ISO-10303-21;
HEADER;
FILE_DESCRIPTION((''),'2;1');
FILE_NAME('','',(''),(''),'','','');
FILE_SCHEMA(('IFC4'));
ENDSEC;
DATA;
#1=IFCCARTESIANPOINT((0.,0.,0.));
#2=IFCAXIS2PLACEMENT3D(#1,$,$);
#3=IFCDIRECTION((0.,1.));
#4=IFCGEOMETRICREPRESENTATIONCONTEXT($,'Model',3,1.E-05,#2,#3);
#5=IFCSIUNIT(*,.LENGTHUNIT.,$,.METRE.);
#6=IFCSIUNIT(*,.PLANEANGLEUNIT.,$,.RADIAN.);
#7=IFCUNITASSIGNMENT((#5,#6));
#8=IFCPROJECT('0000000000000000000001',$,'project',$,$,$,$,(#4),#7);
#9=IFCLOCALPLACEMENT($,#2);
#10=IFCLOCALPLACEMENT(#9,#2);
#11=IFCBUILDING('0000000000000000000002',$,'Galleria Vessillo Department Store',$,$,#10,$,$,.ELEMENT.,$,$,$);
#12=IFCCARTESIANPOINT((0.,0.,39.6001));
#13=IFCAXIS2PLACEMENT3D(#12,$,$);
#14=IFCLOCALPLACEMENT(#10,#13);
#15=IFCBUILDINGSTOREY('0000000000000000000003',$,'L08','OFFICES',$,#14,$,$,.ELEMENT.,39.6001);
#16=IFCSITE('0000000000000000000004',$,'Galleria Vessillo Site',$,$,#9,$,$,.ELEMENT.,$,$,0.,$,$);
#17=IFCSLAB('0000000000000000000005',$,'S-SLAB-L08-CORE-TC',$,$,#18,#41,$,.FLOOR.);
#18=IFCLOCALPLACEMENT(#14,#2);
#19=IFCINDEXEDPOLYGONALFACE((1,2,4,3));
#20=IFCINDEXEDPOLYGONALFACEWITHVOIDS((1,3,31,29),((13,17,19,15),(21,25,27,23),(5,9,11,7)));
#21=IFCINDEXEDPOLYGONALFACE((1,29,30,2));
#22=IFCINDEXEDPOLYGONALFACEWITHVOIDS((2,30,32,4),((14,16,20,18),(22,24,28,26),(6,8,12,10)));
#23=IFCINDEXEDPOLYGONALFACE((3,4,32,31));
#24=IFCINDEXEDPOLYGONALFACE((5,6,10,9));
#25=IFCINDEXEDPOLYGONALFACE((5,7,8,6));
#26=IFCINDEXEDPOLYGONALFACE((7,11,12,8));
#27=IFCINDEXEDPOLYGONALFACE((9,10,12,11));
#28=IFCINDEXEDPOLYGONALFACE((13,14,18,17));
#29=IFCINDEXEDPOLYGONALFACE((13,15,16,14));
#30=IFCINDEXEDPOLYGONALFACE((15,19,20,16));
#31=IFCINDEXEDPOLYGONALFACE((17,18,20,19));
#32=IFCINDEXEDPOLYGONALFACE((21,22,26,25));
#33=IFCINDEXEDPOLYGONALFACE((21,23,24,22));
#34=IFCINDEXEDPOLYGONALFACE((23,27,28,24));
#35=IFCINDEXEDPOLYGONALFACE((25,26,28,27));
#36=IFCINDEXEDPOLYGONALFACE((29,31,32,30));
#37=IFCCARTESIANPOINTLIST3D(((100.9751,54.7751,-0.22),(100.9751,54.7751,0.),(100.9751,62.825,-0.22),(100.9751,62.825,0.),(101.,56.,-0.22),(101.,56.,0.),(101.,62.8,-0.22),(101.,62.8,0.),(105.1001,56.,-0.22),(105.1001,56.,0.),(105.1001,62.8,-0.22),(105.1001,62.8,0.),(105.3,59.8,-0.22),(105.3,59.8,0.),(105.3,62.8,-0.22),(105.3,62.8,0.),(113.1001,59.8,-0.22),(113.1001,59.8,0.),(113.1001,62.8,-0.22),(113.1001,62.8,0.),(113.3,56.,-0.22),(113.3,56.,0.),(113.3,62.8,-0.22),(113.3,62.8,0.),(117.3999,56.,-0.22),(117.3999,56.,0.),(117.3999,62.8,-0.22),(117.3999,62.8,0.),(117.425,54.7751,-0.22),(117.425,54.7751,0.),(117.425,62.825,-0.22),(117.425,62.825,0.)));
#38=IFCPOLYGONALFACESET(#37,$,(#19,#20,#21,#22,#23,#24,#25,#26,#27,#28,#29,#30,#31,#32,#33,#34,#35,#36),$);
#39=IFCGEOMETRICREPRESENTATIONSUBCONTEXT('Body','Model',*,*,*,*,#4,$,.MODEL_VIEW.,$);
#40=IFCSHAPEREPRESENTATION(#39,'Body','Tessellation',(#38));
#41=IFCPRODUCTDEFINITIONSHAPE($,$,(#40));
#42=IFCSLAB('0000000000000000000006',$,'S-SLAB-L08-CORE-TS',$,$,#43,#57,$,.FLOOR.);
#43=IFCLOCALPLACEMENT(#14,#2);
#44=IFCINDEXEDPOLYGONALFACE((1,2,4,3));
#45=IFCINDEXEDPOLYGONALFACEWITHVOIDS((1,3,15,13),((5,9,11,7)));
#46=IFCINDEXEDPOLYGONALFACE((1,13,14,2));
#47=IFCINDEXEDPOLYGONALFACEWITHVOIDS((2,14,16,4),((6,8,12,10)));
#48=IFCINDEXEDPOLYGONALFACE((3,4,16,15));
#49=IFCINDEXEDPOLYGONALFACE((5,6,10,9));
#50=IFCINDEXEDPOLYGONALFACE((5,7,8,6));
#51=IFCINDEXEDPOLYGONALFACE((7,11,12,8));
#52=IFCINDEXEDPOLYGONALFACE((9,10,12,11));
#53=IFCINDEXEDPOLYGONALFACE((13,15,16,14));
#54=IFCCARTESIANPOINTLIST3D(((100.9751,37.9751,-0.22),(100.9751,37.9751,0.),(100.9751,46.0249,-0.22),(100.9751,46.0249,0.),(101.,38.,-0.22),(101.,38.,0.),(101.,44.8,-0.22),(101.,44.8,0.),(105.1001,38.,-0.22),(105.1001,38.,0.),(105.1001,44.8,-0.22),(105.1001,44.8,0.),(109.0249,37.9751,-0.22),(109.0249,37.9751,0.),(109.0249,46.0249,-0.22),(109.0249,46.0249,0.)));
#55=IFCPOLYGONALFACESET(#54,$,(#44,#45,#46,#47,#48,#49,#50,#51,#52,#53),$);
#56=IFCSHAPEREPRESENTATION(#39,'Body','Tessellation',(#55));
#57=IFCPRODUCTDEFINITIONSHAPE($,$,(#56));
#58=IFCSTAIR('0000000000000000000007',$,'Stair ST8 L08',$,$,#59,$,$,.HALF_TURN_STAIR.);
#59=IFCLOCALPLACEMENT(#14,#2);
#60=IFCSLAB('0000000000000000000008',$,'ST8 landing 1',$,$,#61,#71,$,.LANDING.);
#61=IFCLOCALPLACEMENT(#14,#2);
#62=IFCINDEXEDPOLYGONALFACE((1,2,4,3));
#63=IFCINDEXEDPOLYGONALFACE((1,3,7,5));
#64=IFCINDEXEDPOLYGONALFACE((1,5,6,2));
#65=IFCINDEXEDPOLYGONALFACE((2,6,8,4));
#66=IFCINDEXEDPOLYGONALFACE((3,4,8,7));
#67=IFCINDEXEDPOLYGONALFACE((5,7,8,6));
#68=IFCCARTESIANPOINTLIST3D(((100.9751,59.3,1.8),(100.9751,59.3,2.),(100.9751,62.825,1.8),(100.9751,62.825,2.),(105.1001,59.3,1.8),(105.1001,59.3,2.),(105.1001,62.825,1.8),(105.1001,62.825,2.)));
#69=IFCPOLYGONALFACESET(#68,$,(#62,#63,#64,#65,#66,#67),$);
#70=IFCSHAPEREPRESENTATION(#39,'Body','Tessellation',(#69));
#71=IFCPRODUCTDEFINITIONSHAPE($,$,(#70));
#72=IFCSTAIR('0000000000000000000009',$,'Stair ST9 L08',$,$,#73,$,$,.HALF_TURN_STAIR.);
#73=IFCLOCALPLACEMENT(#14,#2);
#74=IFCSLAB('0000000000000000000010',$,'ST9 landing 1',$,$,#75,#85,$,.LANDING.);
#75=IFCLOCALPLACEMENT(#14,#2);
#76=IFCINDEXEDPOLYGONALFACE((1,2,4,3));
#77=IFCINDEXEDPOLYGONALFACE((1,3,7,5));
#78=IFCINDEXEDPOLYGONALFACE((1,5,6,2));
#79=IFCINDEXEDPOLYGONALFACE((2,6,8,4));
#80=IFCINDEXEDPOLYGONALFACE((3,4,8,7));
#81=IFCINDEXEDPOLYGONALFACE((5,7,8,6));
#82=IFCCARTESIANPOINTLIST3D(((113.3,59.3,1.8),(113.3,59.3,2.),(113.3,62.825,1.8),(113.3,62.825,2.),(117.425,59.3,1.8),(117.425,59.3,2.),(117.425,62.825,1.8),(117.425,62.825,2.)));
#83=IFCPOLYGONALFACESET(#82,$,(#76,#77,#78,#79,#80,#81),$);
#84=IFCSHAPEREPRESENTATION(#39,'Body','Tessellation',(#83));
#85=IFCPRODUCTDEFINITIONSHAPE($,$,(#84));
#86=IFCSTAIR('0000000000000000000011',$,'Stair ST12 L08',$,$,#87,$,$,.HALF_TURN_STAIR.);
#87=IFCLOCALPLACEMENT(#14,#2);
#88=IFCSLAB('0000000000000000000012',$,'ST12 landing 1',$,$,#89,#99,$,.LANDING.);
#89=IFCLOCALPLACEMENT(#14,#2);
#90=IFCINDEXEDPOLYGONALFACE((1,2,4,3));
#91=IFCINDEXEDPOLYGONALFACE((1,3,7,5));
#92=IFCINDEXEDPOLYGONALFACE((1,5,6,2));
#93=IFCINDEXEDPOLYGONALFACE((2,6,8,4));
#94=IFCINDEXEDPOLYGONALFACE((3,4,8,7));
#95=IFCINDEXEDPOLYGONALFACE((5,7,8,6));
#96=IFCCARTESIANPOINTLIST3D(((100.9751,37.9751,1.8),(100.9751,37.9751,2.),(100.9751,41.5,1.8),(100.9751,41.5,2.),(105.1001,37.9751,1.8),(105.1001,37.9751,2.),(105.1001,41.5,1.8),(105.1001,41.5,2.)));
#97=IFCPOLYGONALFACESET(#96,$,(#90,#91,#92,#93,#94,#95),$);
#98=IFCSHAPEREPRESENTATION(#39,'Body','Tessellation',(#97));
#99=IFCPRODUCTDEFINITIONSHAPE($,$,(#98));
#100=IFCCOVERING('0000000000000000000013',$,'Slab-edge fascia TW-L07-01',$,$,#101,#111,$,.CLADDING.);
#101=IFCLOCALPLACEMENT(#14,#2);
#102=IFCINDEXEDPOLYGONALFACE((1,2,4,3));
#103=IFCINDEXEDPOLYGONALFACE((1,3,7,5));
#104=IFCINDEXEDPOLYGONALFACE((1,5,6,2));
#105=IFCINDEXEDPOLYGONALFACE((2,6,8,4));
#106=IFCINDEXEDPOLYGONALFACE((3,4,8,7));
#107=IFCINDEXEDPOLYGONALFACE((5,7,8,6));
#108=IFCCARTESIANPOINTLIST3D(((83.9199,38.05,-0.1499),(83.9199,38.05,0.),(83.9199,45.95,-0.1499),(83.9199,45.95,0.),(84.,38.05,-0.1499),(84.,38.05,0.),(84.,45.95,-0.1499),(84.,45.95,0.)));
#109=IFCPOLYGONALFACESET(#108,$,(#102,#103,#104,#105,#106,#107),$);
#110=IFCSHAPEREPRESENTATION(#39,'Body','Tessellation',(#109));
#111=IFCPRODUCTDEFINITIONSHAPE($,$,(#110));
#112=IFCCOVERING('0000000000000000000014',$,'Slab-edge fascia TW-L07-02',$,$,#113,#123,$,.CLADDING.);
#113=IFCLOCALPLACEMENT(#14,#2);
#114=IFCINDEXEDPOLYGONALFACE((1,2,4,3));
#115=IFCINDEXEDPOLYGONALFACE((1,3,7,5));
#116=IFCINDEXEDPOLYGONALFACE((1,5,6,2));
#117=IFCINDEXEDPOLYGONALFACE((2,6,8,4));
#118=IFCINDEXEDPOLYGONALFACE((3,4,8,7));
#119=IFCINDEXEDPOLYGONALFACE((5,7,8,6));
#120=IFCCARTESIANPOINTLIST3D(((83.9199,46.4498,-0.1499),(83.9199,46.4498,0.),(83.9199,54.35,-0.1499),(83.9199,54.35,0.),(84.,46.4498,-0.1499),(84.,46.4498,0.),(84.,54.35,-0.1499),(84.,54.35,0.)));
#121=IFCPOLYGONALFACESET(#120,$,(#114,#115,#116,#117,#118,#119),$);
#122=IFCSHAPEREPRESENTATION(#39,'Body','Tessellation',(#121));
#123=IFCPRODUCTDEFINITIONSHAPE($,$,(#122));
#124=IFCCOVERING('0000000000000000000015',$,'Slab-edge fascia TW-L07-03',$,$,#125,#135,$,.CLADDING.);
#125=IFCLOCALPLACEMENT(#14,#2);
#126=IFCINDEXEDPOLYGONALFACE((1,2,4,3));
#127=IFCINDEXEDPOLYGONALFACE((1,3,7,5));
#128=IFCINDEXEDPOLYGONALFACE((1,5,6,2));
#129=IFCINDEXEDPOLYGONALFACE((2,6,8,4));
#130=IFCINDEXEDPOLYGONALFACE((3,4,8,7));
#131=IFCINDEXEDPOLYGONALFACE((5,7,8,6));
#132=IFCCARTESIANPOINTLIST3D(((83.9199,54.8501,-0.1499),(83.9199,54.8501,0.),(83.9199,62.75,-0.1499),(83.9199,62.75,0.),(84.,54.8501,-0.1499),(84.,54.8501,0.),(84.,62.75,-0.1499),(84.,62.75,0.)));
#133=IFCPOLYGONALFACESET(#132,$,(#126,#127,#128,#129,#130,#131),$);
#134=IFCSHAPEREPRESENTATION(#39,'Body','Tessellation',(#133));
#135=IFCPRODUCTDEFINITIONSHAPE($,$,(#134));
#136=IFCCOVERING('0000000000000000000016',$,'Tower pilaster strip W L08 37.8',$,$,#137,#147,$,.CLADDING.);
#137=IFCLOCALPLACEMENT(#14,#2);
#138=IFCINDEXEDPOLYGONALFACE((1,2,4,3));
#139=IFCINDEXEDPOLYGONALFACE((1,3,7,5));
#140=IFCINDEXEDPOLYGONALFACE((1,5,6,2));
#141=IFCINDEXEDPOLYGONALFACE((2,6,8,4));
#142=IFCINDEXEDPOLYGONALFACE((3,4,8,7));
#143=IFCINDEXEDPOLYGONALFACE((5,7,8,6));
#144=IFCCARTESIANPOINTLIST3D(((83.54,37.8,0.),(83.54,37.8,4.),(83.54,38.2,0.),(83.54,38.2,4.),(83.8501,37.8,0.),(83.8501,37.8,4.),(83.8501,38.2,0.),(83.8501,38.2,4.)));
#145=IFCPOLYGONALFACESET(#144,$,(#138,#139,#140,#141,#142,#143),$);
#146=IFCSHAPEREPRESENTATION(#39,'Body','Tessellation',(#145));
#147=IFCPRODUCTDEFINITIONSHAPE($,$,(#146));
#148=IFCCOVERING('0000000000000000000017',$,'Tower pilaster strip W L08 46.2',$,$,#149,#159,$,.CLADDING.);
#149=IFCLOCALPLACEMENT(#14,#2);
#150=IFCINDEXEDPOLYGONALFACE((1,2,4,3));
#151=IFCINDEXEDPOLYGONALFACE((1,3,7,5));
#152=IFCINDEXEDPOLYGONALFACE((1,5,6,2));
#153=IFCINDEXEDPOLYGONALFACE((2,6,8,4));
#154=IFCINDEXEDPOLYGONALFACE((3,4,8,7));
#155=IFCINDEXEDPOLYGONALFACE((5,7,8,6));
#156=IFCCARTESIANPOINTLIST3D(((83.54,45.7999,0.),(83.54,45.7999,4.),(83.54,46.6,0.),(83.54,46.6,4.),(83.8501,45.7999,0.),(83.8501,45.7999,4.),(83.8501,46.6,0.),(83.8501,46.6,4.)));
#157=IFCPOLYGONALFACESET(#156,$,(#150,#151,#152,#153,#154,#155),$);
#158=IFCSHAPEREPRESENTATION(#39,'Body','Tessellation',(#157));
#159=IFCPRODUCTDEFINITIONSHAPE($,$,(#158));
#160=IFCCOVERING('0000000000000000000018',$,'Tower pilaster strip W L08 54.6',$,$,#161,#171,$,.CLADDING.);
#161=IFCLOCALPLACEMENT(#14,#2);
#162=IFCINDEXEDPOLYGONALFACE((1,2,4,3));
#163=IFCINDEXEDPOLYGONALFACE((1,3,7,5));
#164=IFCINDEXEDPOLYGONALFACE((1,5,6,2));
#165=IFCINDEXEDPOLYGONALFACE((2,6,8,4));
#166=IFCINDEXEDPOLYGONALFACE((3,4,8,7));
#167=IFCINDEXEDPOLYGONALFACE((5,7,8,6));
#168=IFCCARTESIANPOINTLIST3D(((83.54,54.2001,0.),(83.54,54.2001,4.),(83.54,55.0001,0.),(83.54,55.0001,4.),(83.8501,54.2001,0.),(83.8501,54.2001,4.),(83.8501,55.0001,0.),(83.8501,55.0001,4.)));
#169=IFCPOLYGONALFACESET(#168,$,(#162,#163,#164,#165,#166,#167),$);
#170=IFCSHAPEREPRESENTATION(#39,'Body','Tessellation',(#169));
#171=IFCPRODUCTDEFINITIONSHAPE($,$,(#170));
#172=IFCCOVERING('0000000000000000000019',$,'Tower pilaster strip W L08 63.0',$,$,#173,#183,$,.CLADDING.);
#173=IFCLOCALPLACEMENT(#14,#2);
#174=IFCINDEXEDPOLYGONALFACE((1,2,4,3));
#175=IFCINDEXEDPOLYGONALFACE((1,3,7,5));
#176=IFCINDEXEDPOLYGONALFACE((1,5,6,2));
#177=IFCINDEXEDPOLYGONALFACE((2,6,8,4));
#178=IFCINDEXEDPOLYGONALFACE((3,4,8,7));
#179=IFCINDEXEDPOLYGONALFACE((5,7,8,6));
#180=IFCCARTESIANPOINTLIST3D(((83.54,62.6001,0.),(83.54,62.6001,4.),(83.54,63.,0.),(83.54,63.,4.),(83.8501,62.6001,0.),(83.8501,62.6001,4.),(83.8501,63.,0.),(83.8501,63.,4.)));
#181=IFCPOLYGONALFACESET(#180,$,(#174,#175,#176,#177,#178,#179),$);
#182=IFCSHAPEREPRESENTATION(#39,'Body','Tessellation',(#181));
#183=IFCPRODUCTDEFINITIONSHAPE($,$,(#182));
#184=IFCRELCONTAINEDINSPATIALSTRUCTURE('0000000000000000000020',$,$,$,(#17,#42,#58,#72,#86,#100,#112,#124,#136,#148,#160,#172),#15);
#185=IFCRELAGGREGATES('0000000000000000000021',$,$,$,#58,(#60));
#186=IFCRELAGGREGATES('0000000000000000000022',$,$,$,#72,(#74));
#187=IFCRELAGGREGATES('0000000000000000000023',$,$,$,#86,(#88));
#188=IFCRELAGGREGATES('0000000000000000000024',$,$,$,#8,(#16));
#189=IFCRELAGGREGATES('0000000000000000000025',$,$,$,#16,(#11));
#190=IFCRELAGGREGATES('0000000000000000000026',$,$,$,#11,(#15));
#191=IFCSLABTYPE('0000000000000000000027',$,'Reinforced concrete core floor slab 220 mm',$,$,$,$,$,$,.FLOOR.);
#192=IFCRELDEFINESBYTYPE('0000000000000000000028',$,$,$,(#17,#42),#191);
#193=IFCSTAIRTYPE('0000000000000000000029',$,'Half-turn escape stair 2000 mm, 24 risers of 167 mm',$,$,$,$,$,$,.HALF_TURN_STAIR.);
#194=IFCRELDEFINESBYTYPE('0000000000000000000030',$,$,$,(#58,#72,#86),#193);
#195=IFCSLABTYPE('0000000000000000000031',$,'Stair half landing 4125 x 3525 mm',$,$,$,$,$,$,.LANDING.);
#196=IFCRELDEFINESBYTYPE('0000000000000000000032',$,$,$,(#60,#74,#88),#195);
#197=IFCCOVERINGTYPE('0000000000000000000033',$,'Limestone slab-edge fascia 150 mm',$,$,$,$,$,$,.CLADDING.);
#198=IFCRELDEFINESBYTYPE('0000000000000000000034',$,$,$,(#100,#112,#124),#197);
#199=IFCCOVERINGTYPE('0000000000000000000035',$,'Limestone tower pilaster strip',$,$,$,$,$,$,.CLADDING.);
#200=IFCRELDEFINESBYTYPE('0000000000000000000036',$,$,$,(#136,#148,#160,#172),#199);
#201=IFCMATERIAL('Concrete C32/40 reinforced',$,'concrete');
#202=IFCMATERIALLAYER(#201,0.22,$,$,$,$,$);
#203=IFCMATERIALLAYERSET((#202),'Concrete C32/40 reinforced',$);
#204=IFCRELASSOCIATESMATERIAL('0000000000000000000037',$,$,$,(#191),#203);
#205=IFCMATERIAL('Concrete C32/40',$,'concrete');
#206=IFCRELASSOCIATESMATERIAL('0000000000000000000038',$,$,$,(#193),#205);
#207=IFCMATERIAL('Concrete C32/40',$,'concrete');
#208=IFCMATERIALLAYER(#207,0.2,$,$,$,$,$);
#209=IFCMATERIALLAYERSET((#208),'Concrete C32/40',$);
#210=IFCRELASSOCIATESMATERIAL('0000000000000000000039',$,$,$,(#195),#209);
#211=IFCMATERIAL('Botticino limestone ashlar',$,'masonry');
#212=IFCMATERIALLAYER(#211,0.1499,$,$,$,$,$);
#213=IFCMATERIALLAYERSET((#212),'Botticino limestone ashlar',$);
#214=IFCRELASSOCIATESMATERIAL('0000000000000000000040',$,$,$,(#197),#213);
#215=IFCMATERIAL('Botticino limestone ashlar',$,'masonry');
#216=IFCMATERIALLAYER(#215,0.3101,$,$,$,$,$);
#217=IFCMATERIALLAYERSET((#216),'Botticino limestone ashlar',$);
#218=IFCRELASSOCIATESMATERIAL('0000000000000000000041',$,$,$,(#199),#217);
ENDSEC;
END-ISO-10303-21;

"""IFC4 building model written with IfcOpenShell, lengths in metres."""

from ifc_helpers import new_model, si_unit, direction, frame, origin, origin_2d, place, context, subcontext, project, spatial, polyline, rectangle, outline, extrude, material, layer, layer_set, type_object, element, aggregate, save


model = new_model("IFC4")

# Units and contexts
model_context = context("Model", 3, precision=1e-05, world=origin(), true_north=direction((0.0, 1.0)))
body_context = subcontext(model_context, "Body", "Model", "MODEL_VIEW")
ifc_project = project(units=[si_unit("LENGTHUNIT", "METRE"), si_unit("PLANEANGLEUNIT", "RADIAN")], contexts=[model_context])

# Site, building, storey
site_placement = place(None, origin())
site = spatial("IfcSite", under=ifc_project, at=site_placement, Name="Galleria Vessillo Site", CompositionType="ELEMENT", RefElevation=0.0)
building_placement = place(site_placement, origin())
building = spatial("IfcBuilding", under=site, at=building_placement, Name="Galleria Vessillo Department Store", CompositionType="ELEMENT")
storey_placement = place(building_placement, frame((0.0, 0.0, 39.6001)))
storey = spatial("IfcBuildingStorey", under=building, at=storey_placement, Name="L08", Description="OFFICES", CompositionType="ELEMENT", Elevation=39.6001)

# Slabs
ifc_material_1 = material(Name="Concrete C32/40 reinforced", Category="concrete")
ifc_layer_1 = layer(ifc_material_1, 0.22)
ifc_layer_set_1 = layer_set([ifc_layer_1], Name="Concrete C32/40 reinforced")
slab_type_1 = type_object("IfcSlabType", Name="Reinforced concrete core floor slab 220 mm", PredefinedType="FLOOR", material=ifc_layer_set_1)
slab_1_placement = place(storey_placement, frame((0.0, 0.0, -0.22)))
element("IfcSlab", 1, at=slab_1_placement, inside=storey, type_object=slab_type_1, Name="S-SLAB-L08-CORE-TC", PredefinedType="FLOOR", context=body_context, shape_type="SweptSolid", body=[
    extrude(outline(polyline([(100.9751, 54.7751), (100.9751, 62.825), (117.425, 62.825), (117.425, 54.7751), (100.9751, 54.7751)]), holes=[polyline([(105.1001, 56.0), (105.1001, 62.8), (101.0, 62.8), (101.0, 56.0), (105.1001, 56.0)]), polyline([(113.3, 56.0), (117.3999, 56.0), (117.3999, 62.8), (113.3, 62.8), (113.3, 56.0)]), polyline([(105.3, 59.8), (113.1001, 59.8), (113.1001, 62.8), (105.3, 62.8), (105.3, 59.8)])]), origin(), (0.0, 0.0, 1.0), 0.22),
])
slab_2_placement = place(storey_placement, frame((0.0, 0.0, -0.22)))
element("IfcSlab", 2, at=slab_2_placement, inside=storey, type_object=slab_type_1, Name="S-SLAB-L08-CORE-TS", PredefinedType="FLOOR", context=body_context, shape_type="SweptSolid", body=[
    extrude(outline(polyline([(100.9751, 37.9751), (100.9751, 46.0249), (109.0249, 46.0249), (109.0249, 37.9751), (100.9751, 37.9751)]), holes=[polyline([(105.1001, 44.8), (101.0, 44.8), (101.0, 38.0), (105.1001, 38.0), (105.1001, 44.8)])]), origin(), (0.0, 0.0, 1.0), 0.22),
])

# Stairs, slabs
ifc_material_2 = material(Name="Concrete C32/40", Category="concrete")
stair_type = type_object("IfcStairType", Name="Half-turn escape stair 2000 mm, 24 risers of 167 mm", PredefinedType="HALF_TURN_STAIR", material=ifc_material_2)
stair_1_placement = place(storey_placement, origin())
stair_1 = element("IfcStair", 3, at=stair_1_placement, inside=storey, type_object=stair_type, Name="Stair ST8 L08", PredefinedType="HALF_TURN_STAIR")
ifc_material_3 = material(Name="Concrete C32/40", Category="concrete")
ifc_layer_2 = layer(ifc_material_3, 0.2)
ifc_layer_set_2 = layer_set([ifc_layer_2], Name="Concrete C32/40")
slab_type_2 = type_object("IfcSlabType", Name="Stair half landing 4125 x 3525 mm", PredefinedType="LANDING", material=ifc_layer_set_2)
slab_3_placement = place(storey_placement, frame((0.0, 0.0, 1.8)))
slab_3 = element("IfcSlab", 4, at=slab_3_placement, type_object=slab_type_2, Name="ST8 landing 1", PredefinedType="LANDING", context=body_context, shape_type="SweptSolid", body=[
    extrude(outline(polyline([(100.9751, 59.3), (100.9751, 62.825), (105.1001, 62.825), (105.1001, 59.3), (100.9751, 59.3)])), origin(), (0.0, 0.0, 1.0), 0.2),
])
aggregate(stair_1, [slab_3])
stair_2_placement = place(storey_placement, origin())
stair_2 = element("IfcStair", 5, at=stair_2_placement, inside=storey, type_object=stair_type, Name="Stair ST9 L08", PredefinedType="HALF_TURN_STAIR")
slab_4_placement = place(storey_placement, frame((0.0, 0.0, 1.8)))
slab_4 = element("IfcSlab", 6, at=slab_4_placement, type_object=slab_type_2, Name="ST9 landing 1", PredefinedType="LANDING", context=body_context, shape_type="SweptSolid", body=[
    extrude(outline(polyline([(113.3, 59.3), (113.3, 62.825), (117.425, 62.825), (117.425, 59.3), (113.3, 59.3)])), origin(), (0.0, 0.0, 1.0), 0.2),
])
aggregate(stair_2, [slab_4])
stair_3_placement = place(storey_placement, origin())
stair_3 = element("IfcStair", 7, at=stair_3_placement, inside=storey, type_object=stair_type, Name="Stair ST12 L08", PredefinedType="HALF_TURN_STAIR")
slab_5_placement = place(storey_placement, frame((0.0, 0.0, 1.8)))
slab_5 = element("IfcSlab", 8, at=slab_5_placement, type_object=slab_type_2, Name="ST12 landing 1", PredefinedType="LANDING", context=body_context, shape_type="SweptSolid", body=[
    extrude(outline(polyline([(100.9751, 37.9751), (100.9751, 41.5), (105.1001, 41.5), (105.1001, 37.9751), (100.9751, 37.9751)])), origin(), (0.0, 0.0, 1.0), 0.2),
])
aggregate(stair_3, [slab_5])

# Coverings
ifc_material_4 = material(Name="Botticino limestone ashlar", Category="masonry")
ifc_layer_3 = layer(ifc_material_4, 0.1499)
ifc_layer_set_3 = layer_set([ifc_layer_3], Name="Botticino limestone ashlar")
covering_type_1 = type_object("IfcCoveringType", Name="Limestone slab-edge fascia 150 mm", PredefinedType="CLADDING", material=ifc_layer_set_3)
covering_1_placement = place(storey_placement, frame((83.96, 42.0, -0.1499), z_axis=(0.0, 0.0, 1.0), x_axis=(1.0, 0.0, 0.0)))
element("IfcCovering", 9, at=covering_1_placement, inside=storey, type_object=covering_type_1, Name="Slab-edge fascia TW-L07-01", PredefinedType="CLADDING", context=body_context, shape_type="SweptSolid", body=[
    extrude(rectangle(XDim=0.0801, YDim=7.8999, at=origin_2d()), origin(), (0.0, 0.0, 1.0), 0.1499),
])
covering_2_placement = place(storey_placement, frame((83.96, 50.3999, -0.1499), z_axis=(0.0, 0.0, 1.0), x_axis=(1.0, 0.0, 0.0)))
element("IfcCovering", 10, at=covering_2_placement, inside=storey, type_object=covering_type_1, Name="Slab-edge fascia TW-L07-02", PredefinedType="CLADDING", context=body_context, shape_type="SweptSolid", body=[
    extrude(rectangle(XDim=0.0801, YDim=7.9001, at=origin_2d()), origin(), (0.0, 0.0, 1.0), 0.1499),
])
covering_3_placement = place(storey_placement, frame((83.96, 58.8, -0.1499), z_axis=(0.0, 0.0, 1.0), x_axis=(1.0, 0.0, 0.0)))
element("IfcCovering", 11, at=covering_3_placement, inside=storey, type_object=covering_type_1, Name="Slab-edge fascia TW-L07-03", PredefinedType="CLADDING", context=body_context, shape_type="SweptSolid", body=[
    extrude(rectangle(XDim=0.0801, YDim=7.8999, at=origin_2d()), origin(), (0.0, 0.0, 1.0), 0.1499),
])
ifc_material_5 = material(Name="Botticino limestone ashlar", Category="masonry")
ifc_layer_4 = layer(ifc_material_5, 0.3101)
ifc_layer_set_4 = layer_set([ifc_layer_4], Name="Botticino limestone ashlar")
covering_type_2 = type_object("IfcCoveringType", Name="Limestone tower pilaster strip", PredefinedType="CLADDING", material=ifc_layer_set_4)
covering_4_placement = place(storey_placement, frame((83.6951, 38.0, 0.0), z_axis=(0.0, 0.0, 1.0), x_axis=(1.0, 0.0, 0.0)))
element("IfcCovering", 12, at=covering_4_placement, inside=storey, type_object=covering_type_2, Name="Tower pilaster strip W L08 37.8", PredefinedType="CLADDING", context=body_context, shape_type="SweptSolid", body=[
    extrude(rectangle(XDim=0.3101, YDim=0.3999, at=origin_2d()), origin(), (0.0, 0.0, 1.0), 4.0),
])
for number, where, z_axis, x_axis, name in (
    (13, (83.6951, 46.2, 0.0), (0.0, 0.0, 1.0), (1.0, 0.0, 0.0), "Tower pilaster strip W L08 46.2"),
    (14, (83.6951, 54.6001, 0.0), (0.0, 0.0, 1.0), (1.0, 0.0, 0.0), "Tower pilaster strip W L08 54.6"),
):
    element("IfcCovering", number, at=place(storey_placement, frame(where, z_axis=z_axis, x_axis=x_axis)), inside=storey, type_object=covering_type_2, Name=name, PredefinedType="CLADDING", context=body_context, shape_type="SweptSolid", body=[
        extrude(rectangle(XDim=0.3101, YDim=0.8, at=origin_2d()), origin(), (0.0, 0.0, 1.0), 4.0),
    ])
covering_5_placement = place(storey_placement, frame((83.6951, 62.8, 0.0), z_axis=(0.0, 0.0, 1.0), x_axis=(1.0, 0.0, 0.0)))
element("IfcCovering", 15, at=covering_5_placement, inside=storey, type_object=covering_type_2, Name="Tower pilaster strip W L08 63.0", PredefinedType="CLADDING", context=body_context, shape_type="SweptSolid", body=[
    extrude(rectangle(XDim=0.3101, YDim=0.3999, at=origin_2d()), origin(), (0.0, 0.0, 1.0), 4.0),
])

save(model, "model.ifc")
